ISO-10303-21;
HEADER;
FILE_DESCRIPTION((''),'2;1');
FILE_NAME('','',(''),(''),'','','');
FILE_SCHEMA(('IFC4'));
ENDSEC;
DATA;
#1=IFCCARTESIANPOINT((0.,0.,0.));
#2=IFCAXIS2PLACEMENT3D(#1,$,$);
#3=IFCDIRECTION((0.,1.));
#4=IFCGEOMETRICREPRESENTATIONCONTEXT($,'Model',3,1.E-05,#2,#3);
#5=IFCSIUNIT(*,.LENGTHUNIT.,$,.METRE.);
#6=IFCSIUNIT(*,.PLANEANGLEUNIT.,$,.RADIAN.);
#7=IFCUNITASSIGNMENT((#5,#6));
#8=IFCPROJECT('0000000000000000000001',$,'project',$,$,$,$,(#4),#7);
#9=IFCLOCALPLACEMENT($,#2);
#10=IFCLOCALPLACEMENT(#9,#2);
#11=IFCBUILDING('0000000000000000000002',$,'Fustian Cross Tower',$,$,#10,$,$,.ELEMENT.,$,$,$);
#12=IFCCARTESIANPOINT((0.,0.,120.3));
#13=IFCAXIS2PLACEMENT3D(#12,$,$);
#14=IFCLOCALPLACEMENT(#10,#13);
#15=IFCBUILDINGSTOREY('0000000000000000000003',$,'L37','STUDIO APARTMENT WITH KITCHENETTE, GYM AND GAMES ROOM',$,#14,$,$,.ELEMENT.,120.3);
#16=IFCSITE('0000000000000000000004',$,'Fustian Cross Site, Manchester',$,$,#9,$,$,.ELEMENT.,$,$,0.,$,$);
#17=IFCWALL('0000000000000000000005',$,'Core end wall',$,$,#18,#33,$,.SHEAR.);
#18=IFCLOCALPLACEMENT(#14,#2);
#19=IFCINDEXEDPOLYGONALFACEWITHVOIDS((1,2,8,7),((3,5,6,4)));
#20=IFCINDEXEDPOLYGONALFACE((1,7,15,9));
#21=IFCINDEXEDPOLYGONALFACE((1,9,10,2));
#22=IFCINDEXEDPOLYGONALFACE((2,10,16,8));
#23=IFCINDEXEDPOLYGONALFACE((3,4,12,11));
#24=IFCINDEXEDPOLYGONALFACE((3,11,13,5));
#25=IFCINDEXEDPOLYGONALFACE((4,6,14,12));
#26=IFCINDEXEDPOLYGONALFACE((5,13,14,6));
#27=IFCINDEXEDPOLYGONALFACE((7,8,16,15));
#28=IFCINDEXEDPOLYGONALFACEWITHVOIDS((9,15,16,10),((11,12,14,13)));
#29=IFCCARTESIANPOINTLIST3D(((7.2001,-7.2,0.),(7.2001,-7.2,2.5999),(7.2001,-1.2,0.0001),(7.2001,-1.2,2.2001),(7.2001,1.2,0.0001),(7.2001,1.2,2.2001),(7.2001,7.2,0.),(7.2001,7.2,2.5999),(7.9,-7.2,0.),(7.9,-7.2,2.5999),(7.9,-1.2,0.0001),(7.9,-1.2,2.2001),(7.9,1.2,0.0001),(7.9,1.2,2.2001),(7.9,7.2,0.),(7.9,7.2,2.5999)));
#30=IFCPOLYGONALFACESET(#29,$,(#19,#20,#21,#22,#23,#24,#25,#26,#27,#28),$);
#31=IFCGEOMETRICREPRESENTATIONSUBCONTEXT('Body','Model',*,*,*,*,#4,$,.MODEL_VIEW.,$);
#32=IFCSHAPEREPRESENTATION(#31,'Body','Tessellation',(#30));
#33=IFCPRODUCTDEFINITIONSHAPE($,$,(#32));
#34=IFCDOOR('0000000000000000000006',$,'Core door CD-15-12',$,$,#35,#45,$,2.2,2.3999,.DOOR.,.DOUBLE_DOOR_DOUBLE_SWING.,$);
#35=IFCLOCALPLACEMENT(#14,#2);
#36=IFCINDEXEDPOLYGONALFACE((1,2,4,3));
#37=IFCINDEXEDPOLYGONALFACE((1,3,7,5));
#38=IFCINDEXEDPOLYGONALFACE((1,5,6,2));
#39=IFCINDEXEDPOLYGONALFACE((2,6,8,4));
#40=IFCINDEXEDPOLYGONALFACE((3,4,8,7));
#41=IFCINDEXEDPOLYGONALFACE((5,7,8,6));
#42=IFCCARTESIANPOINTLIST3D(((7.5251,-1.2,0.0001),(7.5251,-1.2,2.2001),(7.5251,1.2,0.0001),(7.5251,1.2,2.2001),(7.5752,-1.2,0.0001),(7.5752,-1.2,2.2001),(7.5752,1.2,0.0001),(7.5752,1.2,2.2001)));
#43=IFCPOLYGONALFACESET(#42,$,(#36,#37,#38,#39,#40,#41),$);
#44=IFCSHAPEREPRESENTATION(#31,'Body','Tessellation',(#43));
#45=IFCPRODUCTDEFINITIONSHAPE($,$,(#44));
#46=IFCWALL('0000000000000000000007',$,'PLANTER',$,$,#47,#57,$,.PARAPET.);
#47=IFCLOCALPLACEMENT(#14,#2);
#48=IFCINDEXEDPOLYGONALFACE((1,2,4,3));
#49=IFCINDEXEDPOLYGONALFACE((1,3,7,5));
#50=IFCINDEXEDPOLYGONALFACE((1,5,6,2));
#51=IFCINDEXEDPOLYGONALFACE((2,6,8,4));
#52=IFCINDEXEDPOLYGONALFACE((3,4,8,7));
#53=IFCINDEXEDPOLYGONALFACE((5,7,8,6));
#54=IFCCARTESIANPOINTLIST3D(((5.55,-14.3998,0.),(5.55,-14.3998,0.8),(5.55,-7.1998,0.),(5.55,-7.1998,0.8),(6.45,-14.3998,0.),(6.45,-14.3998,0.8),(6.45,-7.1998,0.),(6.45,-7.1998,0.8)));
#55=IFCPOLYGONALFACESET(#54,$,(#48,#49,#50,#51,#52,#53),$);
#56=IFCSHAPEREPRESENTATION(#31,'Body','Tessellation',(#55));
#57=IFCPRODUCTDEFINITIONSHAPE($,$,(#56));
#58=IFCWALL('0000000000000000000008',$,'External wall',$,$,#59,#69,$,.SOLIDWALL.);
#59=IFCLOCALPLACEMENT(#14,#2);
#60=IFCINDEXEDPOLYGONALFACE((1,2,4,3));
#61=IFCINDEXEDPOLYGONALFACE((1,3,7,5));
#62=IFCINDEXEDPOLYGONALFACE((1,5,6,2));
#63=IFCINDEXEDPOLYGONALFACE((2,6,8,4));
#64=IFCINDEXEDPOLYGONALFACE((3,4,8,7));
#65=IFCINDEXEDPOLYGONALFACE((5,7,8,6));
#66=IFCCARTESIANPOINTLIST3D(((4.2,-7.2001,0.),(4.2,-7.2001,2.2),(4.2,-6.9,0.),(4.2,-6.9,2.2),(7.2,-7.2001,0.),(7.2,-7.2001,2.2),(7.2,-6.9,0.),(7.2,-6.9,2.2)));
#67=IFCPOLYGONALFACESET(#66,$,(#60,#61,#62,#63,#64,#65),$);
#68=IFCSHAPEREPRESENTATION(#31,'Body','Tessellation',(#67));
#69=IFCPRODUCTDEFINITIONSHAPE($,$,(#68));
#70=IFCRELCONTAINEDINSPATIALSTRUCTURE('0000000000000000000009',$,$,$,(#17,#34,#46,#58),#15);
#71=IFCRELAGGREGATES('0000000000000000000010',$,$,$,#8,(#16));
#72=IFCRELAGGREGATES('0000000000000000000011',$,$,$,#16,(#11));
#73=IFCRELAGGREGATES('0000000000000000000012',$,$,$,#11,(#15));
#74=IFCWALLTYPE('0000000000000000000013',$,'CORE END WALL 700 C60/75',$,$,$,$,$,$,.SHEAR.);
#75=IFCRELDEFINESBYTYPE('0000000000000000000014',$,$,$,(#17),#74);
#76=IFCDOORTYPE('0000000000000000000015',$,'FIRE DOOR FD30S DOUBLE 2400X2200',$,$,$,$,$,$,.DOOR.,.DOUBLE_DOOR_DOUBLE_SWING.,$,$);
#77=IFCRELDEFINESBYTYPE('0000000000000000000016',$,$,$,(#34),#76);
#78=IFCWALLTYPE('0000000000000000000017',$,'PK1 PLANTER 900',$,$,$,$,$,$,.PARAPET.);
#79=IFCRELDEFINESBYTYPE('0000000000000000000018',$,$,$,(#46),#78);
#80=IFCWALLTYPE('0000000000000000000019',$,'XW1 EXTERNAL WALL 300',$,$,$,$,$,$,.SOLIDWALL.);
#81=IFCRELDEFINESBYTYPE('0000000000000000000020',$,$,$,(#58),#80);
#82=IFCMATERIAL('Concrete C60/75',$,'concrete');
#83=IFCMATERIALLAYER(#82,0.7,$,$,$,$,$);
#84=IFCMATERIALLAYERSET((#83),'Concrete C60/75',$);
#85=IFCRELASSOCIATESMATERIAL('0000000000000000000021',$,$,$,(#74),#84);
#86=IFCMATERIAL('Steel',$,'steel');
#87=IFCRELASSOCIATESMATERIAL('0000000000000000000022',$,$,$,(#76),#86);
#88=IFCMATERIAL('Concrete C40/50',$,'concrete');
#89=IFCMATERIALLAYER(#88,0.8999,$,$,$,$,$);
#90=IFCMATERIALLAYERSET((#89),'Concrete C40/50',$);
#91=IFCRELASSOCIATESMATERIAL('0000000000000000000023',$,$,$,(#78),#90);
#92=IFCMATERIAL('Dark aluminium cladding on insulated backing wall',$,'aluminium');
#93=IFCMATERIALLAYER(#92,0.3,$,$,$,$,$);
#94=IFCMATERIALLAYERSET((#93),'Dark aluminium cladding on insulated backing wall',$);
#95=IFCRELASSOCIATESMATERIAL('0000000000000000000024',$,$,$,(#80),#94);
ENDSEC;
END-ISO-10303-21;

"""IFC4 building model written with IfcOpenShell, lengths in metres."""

from ifc_helpers import new_model, si_unit, direction, frame, frame_2d, origin, place, context, subcontext, project, spatial, rectangle, extrude, material, layer, layer_set, type_object, element, fill, save


model = new_model("IFC4")

# Units and contexts
model_context = context("Model", 3, precision=1e-05, world=origin(), true_north=direction((0.0, 1.0)))
body_context = subcontext(model_context, "Body", "Model", "MODEL_VIEW")
ifc_project = project(units=[si_unit("LENGTHUNIT", "METRE"), si_unit("PLANEANGLEUNIT", "RADIAN")], contexts=[model_context])

# Site, building, storey
site_placement = place(None, origin())
site = spatial("IfcSite", under=ifc_project, at=site_placement, Name="Fustian Cross Site, Manchester", CompositionType="ELEMENT", RefElevation=0.0)
building_placement = place(site_placement, origin())
building = spatial("IfcBuilding", under=site, at=building_placement, Name="Fustian Cross Tower", CompositionType="ELEMENT")
storey_placement = place(building_placement, frame((0.0, 0.0, 120.3)))
storey = spatial("IfcBuildingStorey", under=building, at=storey_placement, Name="L37", Description="STUDIO APARTMENT WITH KITCHENETTE, GYM AND GAMES ROOM", CompositionType="ELEMENT", Elevation=120.3)

# Wall, opening, door
ifc_material_1 = material(Name="Concrete C60/75", Category="concrete")
ifc_layer_1 = layer(ifc_material_1, 0.7)
ifc_layer_set_1 = layer_set([ifc_layer_1], Name="Concrete C60/75")
wall_type_1 = type_object("IfcWallType", Name="CORE END WALL 700 C60/75", PredefinedType="SHEAR", material=ifc_layer_set_1)
wall_1_placement = place(storey_placement, frame((7.55, -7.2, 0.0), z_axis=(0.0, 0.0, 1.0), x_axis=(0.0, 1.0, 0.0)))
wall_1 = element("IfcWall", 1, at=wall_1_placement, inside=storey, type_object=wall_type_1, Name="Core end wall", PredefinedType="SHEAR", context=body_context, shape_type="SweptSolid", body=[
    extrude(rectangle(XDim=14.3999, YDim=0.7, at=frame_2d((7.2, 0.0))), origin(), (0.0, 0.0, 1.0), 2.5999),
])
opening_placement = place(wall_1_placement, frame((6.0, 0.0, 0.0)))
opening = element("IfcOpeningElement", 2, at=opening_placement, cuts=wall_1, PredefinedType="OPENING", context=body_context, shape_type="SweptSolid", body=[
    extrude(rectangle(XDim=2.3999, YDim=2.2, at=frame_2d((1.2, 1.1001))), frame((0.0, 0.3599, 0.0), z_axis=(0.0, -1.0, 0.0), x_axis=(1.0, 0.0, 0.0)), (0.0, 0.0, 1.0), 0.72),
])
ifc_material_2 = material(Name="Steel", Category="steel")
door_type = type_object("IfcDoorType", Name="FIRE DOOR FD30S DOUBLE 2400X2200", OperationType="DOUBLE_DOOR_DOUBLE_SWING", PredefinedType="DOOR", material=ifc_material_2)
door_placement = place(opening_placement, origin())
door = element("IfcDoor", 3, at=door_placement, inside=storey, type_object=door_type, Name="Core door CD-15-12", OperationType="DOUBLE_DOOR_DOUBLE_SWING", OverallHeight=2.2, OverallWidth=2.3999, PredefinedType="DOOR", context=body_context, shape_type="SweptSolid", body=[
    extrude(rectangle(XDim=2.3999, YDim=2.2, at=frame_2d((1.2, 1.1001))), frame((0.0, 0.0249, 0.0), z_axis=(0.0, -1.0, 0.0), x_axis=(1.0, 0.0, 0.0)), (0.0, 0.0, 1.0), 0.05),
])
fill(opening, door)

# Walls
ifc_material_3 = material(Name="Concrete C40/50", Category="concrete")
ifc_layer_2 = layer(ifc_material_3, 0.8999)
ifc_layer_set_2 = layer_set([ifc_layer_2], Name="Concrete C40/50")
wall_type_2 = type_object("IfcWallType", Name="PK1 PLANTER 900", PredefinedType="PARAPET", material=ifc_layer_set_2)
wall_2_placement = place(storey_placement, frame((6.0, -14.3999, 0.0), z_axis=(0.0, 0.0, 1.0), x_axis=(0.0, 1.0, 0.0)))
element("IfcWall", 4, at=wall_2_placement, inside=storey, type_object=wall_type_2, Name="PLANTER", PredefinedType="PARAPET", context=body_context, shape_type="SweptSolid", body=[
    extrude(rectangle(XDim=7.2, YDim=0.8999, at=frame_2d((3.6001, 0.0))), origin(), (0.0, 0.0, 1.0), 0.8),
])
ifc_material_4 = material(Name="Dark aluminium cladding on insulated backing wall", Category="aluminium")
ifc_layer_3 = layer(ifc_material_4, 0.3)
ifc_layer_set_3 = layer_set([ifc_layer_3], Name="Dark aluminium cladding on insulated backing wall")
wall_type_3 = type_object("IfcWallType", Name="XW1 EXTERNAL WALL 300", PredefinedType="SOLIDWALL", material=ifc_layer_set_3)
wall_3_placement = place(storey_placement, frame((4.2, -7.05, 0.0), z_axis=(0.0, 0.0, 1.0), x_axis=(1.0, 0.0, 0.0)))
element("IfcWall", 5, at=wall_3_placement, inside=storey, type_object=wall_type_3, Name="External wall", PredefinedType="SOLIDWALL", context=body_context, shape_type="SweptSolid", body=[
    extrude(rectangle(XDim=3.0, YDim=0.3, at=frame_2d((1.5, 0.0))), origin(), (0.0, 0.0, 1.0), 2.2),
])

save(model, "model.ifc")
